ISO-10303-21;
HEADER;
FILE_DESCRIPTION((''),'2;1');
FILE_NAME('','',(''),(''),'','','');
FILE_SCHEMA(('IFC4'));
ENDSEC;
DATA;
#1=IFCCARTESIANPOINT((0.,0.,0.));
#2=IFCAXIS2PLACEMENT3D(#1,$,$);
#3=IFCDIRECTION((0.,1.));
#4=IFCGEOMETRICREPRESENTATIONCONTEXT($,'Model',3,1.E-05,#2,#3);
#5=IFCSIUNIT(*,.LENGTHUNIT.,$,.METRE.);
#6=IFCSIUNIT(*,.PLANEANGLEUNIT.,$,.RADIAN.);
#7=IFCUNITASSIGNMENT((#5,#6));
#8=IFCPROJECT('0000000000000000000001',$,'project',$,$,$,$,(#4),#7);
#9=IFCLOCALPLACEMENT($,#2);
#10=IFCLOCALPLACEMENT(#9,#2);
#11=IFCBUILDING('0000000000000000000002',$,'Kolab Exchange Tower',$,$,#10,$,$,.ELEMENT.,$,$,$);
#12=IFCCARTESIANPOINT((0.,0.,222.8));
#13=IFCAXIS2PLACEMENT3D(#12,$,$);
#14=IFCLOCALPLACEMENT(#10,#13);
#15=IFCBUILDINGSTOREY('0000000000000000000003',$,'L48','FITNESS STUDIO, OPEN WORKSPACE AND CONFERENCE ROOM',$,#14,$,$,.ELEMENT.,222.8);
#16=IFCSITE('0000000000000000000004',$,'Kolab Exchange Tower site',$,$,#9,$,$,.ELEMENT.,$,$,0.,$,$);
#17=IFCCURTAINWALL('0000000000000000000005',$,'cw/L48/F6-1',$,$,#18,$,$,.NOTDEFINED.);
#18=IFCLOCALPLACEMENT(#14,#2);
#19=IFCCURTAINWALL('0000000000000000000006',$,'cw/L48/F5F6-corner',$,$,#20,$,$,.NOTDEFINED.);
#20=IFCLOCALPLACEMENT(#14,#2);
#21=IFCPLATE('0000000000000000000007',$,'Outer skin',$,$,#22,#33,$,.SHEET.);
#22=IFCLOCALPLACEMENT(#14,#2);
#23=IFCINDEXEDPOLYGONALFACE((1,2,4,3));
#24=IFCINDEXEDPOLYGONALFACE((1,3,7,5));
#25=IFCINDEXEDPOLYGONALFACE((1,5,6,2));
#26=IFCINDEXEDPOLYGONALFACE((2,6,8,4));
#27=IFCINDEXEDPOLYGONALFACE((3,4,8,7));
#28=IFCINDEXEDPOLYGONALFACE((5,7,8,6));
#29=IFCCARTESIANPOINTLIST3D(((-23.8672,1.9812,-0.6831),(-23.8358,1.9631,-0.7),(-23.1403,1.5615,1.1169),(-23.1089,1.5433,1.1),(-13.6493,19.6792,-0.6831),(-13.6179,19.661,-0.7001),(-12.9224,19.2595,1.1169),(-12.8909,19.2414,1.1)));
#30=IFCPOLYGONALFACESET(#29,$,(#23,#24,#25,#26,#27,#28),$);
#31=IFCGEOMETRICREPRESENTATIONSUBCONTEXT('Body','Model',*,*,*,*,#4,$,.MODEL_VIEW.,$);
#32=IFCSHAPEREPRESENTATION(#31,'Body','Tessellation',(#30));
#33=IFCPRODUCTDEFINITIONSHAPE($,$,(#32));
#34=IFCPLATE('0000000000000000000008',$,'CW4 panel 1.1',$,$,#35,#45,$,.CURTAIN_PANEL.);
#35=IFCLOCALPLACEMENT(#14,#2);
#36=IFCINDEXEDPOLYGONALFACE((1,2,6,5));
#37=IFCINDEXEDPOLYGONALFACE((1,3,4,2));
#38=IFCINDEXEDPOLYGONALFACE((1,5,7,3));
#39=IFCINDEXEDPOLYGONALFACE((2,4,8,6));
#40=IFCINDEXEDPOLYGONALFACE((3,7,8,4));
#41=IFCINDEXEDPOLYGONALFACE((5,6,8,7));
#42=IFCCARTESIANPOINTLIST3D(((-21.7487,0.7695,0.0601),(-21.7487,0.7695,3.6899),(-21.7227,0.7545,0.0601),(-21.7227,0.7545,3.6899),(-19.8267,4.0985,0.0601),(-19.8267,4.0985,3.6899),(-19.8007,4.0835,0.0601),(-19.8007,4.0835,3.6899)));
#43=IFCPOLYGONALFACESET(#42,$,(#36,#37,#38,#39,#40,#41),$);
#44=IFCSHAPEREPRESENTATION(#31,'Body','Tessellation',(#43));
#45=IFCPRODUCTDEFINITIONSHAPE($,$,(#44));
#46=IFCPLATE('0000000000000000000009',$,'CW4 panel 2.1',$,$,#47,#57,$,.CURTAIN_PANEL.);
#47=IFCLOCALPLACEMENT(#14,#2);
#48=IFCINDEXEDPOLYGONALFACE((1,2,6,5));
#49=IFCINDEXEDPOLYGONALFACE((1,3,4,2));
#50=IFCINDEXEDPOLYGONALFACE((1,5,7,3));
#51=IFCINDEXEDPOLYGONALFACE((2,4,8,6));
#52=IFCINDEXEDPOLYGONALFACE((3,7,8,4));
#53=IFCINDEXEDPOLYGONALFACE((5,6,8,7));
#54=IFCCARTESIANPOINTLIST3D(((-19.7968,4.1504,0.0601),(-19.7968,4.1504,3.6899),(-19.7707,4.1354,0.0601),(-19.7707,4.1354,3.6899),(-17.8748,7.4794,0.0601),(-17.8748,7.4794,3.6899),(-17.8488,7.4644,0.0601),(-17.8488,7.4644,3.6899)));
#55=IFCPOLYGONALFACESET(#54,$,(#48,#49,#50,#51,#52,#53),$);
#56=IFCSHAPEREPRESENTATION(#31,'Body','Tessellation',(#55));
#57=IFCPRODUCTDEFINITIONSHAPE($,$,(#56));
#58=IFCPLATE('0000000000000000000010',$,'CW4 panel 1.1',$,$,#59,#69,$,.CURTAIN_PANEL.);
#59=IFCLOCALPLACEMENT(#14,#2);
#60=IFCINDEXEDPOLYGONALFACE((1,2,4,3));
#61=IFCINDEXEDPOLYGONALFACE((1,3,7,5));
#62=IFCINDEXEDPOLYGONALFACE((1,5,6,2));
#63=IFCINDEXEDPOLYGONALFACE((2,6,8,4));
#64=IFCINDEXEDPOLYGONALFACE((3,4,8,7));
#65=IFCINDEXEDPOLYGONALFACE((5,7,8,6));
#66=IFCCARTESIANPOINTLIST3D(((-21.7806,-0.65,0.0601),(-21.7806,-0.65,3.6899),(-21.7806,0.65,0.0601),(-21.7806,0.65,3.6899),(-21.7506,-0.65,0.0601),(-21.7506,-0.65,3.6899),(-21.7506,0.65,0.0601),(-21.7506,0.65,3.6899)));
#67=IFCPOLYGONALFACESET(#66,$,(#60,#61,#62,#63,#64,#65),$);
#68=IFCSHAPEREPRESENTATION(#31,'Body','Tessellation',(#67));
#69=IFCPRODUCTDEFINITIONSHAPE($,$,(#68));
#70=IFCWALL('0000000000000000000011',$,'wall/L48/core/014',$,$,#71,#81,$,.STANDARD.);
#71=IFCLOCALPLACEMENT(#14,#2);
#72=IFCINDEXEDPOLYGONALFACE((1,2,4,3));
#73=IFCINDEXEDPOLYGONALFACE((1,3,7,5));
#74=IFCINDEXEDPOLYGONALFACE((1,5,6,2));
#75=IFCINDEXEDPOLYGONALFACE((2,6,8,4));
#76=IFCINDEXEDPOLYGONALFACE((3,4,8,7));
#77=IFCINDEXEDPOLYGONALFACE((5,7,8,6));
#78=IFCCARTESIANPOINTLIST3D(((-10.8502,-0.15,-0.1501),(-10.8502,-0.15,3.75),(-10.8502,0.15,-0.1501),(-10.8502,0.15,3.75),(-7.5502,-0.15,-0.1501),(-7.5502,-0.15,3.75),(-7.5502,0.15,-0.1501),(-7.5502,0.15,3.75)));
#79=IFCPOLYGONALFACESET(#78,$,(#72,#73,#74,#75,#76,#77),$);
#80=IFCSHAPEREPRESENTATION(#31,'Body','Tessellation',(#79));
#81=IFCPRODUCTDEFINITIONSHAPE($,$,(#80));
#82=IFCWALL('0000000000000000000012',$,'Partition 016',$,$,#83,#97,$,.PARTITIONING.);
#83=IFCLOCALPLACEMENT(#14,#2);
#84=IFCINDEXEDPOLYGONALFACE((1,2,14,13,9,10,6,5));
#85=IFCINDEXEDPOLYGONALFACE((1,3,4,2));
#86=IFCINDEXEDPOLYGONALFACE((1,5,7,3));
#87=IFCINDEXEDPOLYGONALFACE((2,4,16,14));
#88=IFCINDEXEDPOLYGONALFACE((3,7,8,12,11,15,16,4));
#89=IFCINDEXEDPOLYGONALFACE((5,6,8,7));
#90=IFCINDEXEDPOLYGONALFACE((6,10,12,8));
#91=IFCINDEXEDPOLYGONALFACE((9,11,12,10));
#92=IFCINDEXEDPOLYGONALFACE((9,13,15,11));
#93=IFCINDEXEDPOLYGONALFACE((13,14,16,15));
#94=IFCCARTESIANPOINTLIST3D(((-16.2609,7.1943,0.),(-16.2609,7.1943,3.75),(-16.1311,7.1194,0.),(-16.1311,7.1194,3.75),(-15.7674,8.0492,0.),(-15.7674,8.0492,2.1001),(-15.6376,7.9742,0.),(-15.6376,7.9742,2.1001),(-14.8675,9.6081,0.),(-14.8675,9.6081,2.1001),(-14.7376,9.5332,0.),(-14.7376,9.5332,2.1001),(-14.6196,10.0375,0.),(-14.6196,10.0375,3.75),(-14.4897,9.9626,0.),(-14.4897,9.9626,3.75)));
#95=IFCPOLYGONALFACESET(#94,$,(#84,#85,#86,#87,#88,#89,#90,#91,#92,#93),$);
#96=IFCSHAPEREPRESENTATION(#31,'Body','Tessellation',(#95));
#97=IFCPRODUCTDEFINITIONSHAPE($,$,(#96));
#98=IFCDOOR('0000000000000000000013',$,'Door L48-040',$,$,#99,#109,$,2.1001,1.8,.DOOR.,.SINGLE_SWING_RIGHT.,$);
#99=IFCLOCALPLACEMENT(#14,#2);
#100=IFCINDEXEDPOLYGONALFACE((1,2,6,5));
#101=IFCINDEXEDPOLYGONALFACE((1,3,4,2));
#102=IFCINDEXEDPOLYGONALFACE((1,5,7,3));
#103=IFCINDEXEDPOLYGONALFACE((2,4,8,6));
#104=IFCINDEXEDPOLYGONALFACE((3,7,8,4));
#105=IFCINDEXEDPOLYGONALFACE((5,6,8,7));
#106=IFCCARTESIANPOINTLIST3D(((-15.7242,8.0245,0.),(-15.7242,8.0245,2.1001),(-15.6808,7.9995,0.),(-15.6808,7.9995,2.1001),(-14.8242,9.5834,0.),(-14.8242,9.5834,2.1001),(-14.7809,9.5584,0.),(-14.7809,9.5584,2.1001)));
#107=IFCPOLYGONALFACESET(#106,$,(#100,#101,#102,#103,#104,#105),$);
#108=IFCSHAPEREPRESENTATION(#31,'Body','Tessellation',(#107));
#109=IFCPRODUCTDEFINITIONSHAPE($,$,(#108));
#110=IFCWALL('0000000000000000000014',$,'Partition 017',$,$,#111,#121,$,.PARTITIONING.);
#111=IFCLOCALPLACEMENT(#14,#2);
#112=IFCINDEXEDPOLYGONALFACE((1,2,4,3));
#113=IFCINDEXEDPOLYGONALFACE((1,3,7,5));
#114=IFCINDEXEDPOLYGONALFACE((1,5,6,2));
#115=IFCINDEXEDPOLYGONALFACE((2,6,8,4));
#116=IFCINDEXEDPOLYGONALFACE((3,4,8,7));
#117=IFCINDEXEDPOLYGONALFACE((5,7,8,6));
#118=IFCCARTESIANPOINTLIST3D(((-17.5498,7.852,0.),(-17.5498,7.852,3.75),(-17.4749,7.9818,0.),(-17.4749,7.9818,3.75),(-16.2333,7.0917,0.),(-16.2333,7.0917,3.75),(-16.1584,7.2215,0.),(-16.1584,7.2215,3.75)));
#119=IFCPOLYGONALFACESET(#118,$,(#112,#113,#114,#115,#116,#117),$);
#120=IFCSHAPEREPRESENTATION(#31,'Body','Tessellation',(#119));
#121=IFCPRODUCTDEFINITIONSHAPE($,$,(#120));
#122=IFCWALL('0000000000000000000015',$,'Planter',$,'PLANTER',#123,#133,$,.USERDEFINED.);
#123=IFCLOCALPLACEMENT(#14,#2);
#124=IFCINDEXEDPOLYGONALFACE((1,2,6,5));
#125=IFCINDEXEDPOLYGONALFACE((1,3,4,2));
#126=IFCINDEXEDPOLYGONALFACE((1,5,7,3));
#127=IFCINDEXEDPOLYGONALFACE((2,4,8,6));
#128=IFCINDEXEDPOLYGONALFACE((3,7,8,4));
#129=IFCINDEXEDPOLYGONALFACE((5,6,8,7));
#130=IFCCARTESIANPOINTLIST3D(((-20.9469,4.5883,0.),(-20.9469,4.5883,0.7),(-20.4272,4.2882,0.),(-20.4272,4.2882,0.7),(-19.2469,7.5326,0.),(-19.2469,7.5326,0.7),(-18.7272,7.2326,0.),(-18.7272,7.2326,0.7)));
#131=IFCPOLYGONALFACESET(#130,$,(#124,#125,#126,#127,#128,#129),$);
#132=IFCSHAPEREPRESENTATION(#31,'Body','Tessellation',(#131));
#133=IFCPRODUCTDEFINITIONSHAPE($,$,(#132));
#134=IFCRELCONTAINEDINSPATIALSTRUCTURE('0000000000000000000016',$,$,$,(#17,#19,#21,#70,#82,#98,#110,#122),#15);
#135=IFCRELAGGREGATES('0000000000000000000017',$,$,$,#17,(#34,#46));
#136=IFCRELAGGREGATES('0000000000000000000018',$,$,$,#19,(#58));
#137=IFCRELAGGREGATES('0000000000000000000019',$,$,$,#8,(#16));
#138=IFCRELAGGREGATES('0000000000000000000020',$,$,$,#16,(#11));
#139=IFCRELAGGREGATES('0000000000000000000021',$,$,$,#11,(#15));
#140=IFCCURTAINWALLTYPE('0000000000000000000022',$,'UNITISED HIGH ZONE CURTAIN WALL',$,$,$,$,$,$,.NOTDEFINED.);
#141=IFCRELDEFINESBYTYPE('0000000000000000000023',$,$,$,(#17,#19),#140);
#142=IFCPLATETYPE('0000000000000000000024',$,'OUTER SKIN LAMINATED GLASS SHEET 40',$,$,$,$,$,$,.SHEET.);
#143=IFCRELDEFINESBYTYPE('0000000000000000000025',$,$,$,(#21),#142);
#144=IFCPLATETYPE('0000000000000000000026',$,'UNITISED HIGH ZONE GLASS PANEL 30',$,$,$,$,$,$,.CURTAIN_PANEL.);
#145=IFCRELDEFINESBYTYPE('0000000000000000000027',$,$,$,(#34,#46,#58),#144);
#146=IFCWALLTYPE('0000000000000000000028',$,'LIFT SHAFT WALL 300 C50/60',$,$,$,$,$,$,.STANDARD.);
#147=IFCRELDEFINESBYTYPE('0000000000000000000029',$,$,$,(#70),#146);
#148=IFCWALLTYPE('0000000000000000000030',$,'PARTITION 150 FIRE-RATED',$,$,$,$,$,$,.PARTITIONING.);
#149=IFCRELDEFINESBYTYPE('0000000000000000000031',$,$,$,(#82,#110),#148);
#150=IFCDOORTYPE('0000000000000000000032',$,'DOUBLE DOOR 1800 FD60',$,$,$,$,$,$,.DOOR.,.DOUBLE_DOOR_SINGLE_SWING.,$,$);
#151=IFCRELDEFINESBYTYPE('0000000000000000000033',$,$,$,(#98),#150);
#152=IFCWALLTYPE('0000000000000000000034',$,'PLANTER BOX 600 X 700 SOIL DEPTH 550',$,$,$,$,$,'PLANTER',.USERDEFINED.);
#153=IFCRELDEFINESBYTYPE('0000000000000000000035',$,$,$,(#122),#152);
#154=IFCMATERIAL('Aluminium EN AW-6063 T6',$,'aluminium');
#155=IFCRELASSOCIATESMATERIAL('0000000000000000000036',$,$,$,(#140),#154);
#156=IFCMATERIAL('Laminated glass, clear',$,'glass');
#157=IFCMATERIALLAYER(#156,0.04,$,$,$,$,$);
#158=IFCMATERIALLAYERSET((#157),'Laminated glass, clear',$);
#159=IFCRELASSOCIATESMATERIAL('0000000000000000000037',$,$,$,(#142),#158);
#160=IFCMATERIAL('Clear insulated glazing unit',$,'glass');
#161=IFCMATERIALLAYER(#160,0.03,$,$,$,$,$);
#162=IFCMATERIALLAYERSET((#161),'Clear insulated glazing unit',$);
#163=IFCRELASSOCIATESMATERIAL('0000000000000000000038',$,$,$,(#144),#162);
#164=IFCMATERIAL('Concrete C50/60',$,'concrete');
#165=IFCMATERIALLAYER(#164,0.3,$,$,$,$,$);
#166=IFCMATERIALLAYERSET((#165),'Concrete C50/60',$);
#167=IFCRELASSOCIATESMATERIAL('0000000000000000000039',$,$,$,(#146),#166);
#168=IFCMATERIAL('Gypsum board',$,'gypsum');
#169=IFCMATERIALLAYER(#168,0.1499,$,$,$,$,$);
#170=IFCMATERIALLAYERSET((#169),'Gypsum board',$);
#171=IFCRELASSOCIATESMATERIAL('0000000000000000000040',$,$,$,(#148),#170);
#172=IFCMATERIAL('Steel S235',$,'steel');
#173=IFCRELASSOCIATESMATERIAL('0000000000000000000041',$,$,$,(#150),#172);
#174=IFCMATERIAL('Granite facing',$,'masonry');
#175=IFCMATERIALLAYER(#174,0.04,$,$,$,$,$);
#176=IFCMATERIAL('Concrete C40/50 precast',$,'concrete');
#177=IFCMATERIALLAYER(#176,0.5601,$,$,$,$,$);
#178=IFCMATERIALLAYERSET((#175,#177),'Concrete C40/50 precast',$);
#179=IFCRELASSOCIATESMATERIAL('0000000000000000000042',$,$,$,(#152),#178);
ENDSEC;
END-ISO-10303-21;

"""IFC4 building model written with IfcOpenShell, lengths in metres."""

from ifc_helpers import new_model, si_unit, direction, frame, frame_2d, origin, origin_2d, place, context, subcontext, project, spatial, polyline, rectangle, outline, extrude, material, layer, layer_set, type_object, element, fill, aggregate, save


model = new_model("IFC4")

# Units and contexts
model_context = context("Model", 3, precision=1e-05, world=origin(), true_north=direction((0.0, 1.0)))
body_context = subcontext(model_context, "Body", "Model", "MODEL_VIEW")
ifc_project = project(units=[si_unit("LENGTHUNIT", "METRE"), si_unit("PLANEANGLEUNIT", "RADIAN")], contexts=[model_context])

# Site, building, storey
site_placement = place(None, origin())
site = spatial("IfcSite", under=ifc_project, at=site_placement, Name="Kolab Exchange Tower site", CompositionType="ELEMENT", RefElevation=0.0)
building_placement = place(site_placement, origin())
building = spatial("IfcBuilding", under=site, at=building_placement, Name="Kolab Exchange Tower", CompositionType="ELEMENT")
storey_placement = place(building_placement, frame((0.0, 0.0, 222.8)))
storey = spatial("IfcBuildingStorey", under=building, at=storey_placement, Name="L48", Description="FITNESS STUDIO, OPEN WORKSPACE AND CONFERENCE ROOM", CompositionType="ELEMENT", Elevation=222.8)

# Shared definitions
ifc_material_1 = material(Name="Concrete C50/60", Category="concrete")

# Curtain wall
ifc_material_2 = material(Name="Aluminium EN AW-6063 T6", Category="aluminium")
curtain_wall_type = type_object("IfcCurtainWallType", Name="UNITISED HIGH ZONE CURTAIN WALL", PredefinedType="NOTDEFINED", material=ifc_material_2)
curtain_wall_1_placement = place(storey_placement, origin())
curtain_wall_1 = element("IfcCurtainWall", 1, at=curtain_wall_1_placement, inside=storey, type_object=curtain_wall_type, Name="cw/L48/F6-1", PredefinedType="NOTDEFINED")

# Curtain wall
curtain_wall_2_placement = place(storey_placement, origin())
curtain_wall_2 = element("IfcCurtainWall", 2, at=curtain_wall_2_placement, inside=storey, type_object=curtain_wall_type, Name="cw/L48/F5F6-corner", PredefinedType="NOTDEFINED")

# Plates
ifc_material_3 = material(Name="Laminated glass, clear", Category="glass")
ifc_layer_1 = layer(ifc_material_3, 0.04)
ifc_layer_set_1 = layer_set([ifc_layer_1], Name="Laminated glass, clear")
plate_type_1 = type_object("IfcPlateType", Name="OUTER SKIN LAMINATED GLASS SHEET 40", PredefinedType="SHEET", material=ifc_layer_set_1)
plate_1_placement = place(storey_placement, frame((-23.8672, 1.9812, -0.6831), z_axis=(-0.784886, 0.453152, 0.422619), x_axis=(0.499997, 0.866027, -0.000002)))
element("IfcPlate", 3, at=plate_1_placement, inside=storey, type_object=plate_type_1, Name="Outer skin", PredefinedType="SHEET", context=body_context, shape_type="SweptSolid", body=[
    extrude(outline(polyline([(0.0, 0.0), (20.4358, 0.0), (20.4359, -1.9862), (-0.0001, -1.9861), (0.0, 0.0)])), origin(), (0.0, 0.0, -1.0), 0.04),
])
ifc_material_4 = material(Name="Clear insulated glazing unit", Category="glass")
ifc_layer_2 = layer(ifc_material_4, 0.03)
ifc_layer_set_2 = layer_set([ifc_layer_2], Name="Clear insulated glazing unit")
plate_type_2 = type_object("IfcPlateType", Name="UNITISED HIGH ZONE GLASS PANEL 30", PredefinedType="CURTAIN_PANEL", material=ifc_layer_set_2)
plate_2_placement = place(storey_placement, frame((-20.7747, 2.4265, 0.0601), z_axis=(0.0, 0.0, 1.0), x_axis=(0.5, 0.866025, 0.0)))
plate_2 = element("IfcPlate", 4, at=plate_2_placement, type_object=plate_type_2, Name="CW4 panel 1.1", PredefinedType="CURTAIN_PANEL", context=body_context, shape_type="SweptSolid", body=[
    extrude(rectangle(XDim=3.844, YDim=0.03, at=origin_2d()), origin(), (0.0, 0.0, 1.0), 3.6299),
])
plate_3_placement = place(storey_placement, frame((-18.8228, 5.8074, 0.0601), z_axis=(0.0, 0.0, 1.0), x_axis=(0.5, 0.866025, 0.0)))
plate_3 = element("IfcPlate", 5, at=plate_3_placement, type_object=plate_type_2, Name="CW4 panel 2.1", PredefinedType="CURTAIN_PANEL", context=body_context, shape_type="SweptSolid", body=[
    extrude(rectangle(XDim=3.844, YDim=0.03, at=origin_2d()), origin(), (0.0, 0.0, 1.0), 3.6299),
])
aggregate(curtain_wall_1, [plate_2, plate_3])
plate_4_placement = place(storey_placement, frame((-21.7656, 0.0, 0.0601), z_axis=(0.0, 0.0, 1.0), x_axis=(0.0, 1.0, 0.0)))
plate_4 = element("IfcPlate", 6, at=plate_4_placement, type_object=plate_type_2, Name="CW4 panel 1.1", PredefinedType="CURTAIN_PANEL", context=body_context, shape_type="SweptSolid", body=[
    extrude(rectangle(XDim=1.3, YDim=0.03, at=origin_2d()), origin(), (0.0, 0.0, 1.0), 3.6299),
])
aggregate(curtain_wall_2, [plate_4])

# Wall
ifc_layer_3 = layer(ifc_material_1, 0.3)
ifc_layer_set_3 = layer_set([ifc_layer_3], Name="Concrete C50/60")
wall_type_1 = type_object("IfcWallType", Name="LIFT SHAFT WALL 300 C50/60", PredefinedType="STANDARD", material=ifc_layer_set_3)
wall_1_placement = place(storey_placement, frame((-10.8501, 0.0, -0.1501), z_axis=(0.0, 0.0, 1.0), x_axis=(1.0, 0.0, 0.0)))
element("IfcWall", 7, at=wall_1_placement, inside=storey, type_object=wall_type_1, Name="wall/L48/core/014", PredefinedType="STANDARD", context=body_context, shape_type="SweptSolid", body=[
    extrude(rectangle(XDim=3.3, YDim=0.3, at=frame_2d((1.6499, 0.0))), origin(), (0.0, 0.0, 1.0), 3.9001),
])

# Wall, opening, door
ifc_material_5 = material(Name="Gypsum board", Category="gypsum")
ifc_layer_4 = layer(ifc_material_5, 0.1499)
ifc_layer_set_4 = layer_set([ifc_layer_4], Name="Gypsum board")
wall_type_2 = type_object("IfcWallType", Name="PARTITION 150 FIRE-RATED", PredefinedType="PARTITIONING", material=ifc_layer_set_4)
wall_2_placement = place(storey_placement, frame((-16.196, 7.1567, 0.0), z_axis=(0.0, 0.0, 1.0), x_axis=(0.499954, 0.866052, 0.0)))
wall_2 = element("IfcWall", 8, at=wall_2_placement, inside=storey, type_object=wall_type_2, Name="Partition 016", PredefinedType="PARTITIONING", context=body_context, shape_type="SweptSolid", body=[
    extrude(rectangle(XDim=3.283, YDim=0.1499, at=frame_2d((1.6416, 0.0))), origin(), (0.0, 0.0, 1.0), 3.75),
])
opening_1_placement = place(wall_2_placement, frame((0.9873, 0.0, 0.0)))
opening_1 = element("IfcOpeningElement", 9, at=opening_1_placement, cuts=wall_2, PredefinedType="OPENING", context=body_context, shape_type="SweptSolid", body=[
    extrude(rectangle(XDim=1.8, YDim=2.1001, at=frame_2d((0.8999, 1.05))), frame((0.0, 0.085, 0.0), z_axis=(0.0, -1.0, 0.0), x_axis=(1.0, 0.0, 0.0)), (0.0, 0.0, 1.0), 0.1699),
])
ifc_material_6 = material(Name="Steel S235", Category="steel")
door_type_1 = type_object("IfcDoorType", Name="DOUBLE DOOR 1800 FD60", OperationType="DOUBLE_DOOR_SINGLE_SWING", PredefinedType="DOOR", material=ifc_material_6)
door_1_placement = place(opening_1_placement, frame((1.8, 0.0, 0.0), z_axis=(0.0, 0.0, 1.0), x_axis=(-1.0, 0.0, 0.0)))
door_1 = element("IfcDoor", 10, at=door_1_placement, inside=storey, type_object=door_type_1, Name="Door L48-040", OperationType="SINGLE_SWING_RIGHT", OverallHeight=2.1001, OverallWidth=1.8, PredefinedType="DOOR", context=body_context, shape_type="SweptSolid", body=[
    extrude(rectangle(XDim=1.8, YDim=2.1001, at=frame_2d((0.8999, 1.05))), frame((0.0, 0.0249, 0.0), z_axis=(0.0, -1.0, 0.0), x_axis=(1.0, 0.0, 0.0)), (0.0, 0.0, 1.0), 0.05),
])
fill(opening_1, door_1)

# Walls
wall_3_placement = place(storey_placement, frame((-17.5125, 7.917, 0.0), z_axis=(0.0, 0.0, 1.0), x_axis=(0.865961, -0.500112, 0.0)))
element("IfcWall", 11, at=wall_3_placement, inside=storey, type_object=wall_type_2, Name="Partition 017", PredefinedType="PARTITIONING", context=body_context, shape_type="SweptSolid", body=[
    extrude(rectangle(XDim=1.5203, YDim=0.1499, at=frame_2d((0.7603, 0.0))), origin(), (0.0, 0.0, 1.0), 3.75),
])
ifc_material_7 = material(Name="Granite facing", Category="masonry")
ifc_layer_5 = layer(ifc_material_7, 0.04)
ifc_material_8 = material(Name="Concrete C40/50 precast", Category="concrete")
ifc_layer_6 = layer(ifc_material_8, 0.5601)
ifc_layer_set_5 = layer_set([ifc_layer_5, ifc_layer_6], Name="Concrete C40/50 precast")
wall_type_3 = type_object("IfcWallType", Name="PLANTER BOX 600 X 700 SOIL DEPTH 550", ElementType="PLANTER", PredefinedType="USERDEFINED", material=ifc_layer_set_5)
wall_4_placement = place(storey_placement, frame((-20.687, 4.4382, 0.0), z_axis=(0.0, 0.0, 1.0), x_axis=(0.500008, 0.866021, 0.0)))
element("IfcWall", 12, at=wall_4_placement, inside=storey, type_object=wall_type_3, Name="Planter", ObjectType="PLANTER", PredefinedType="USERDEFINED", context=body_context, shape_type="SweptSolid", body=[
    extrude(rectangle(XDim=3.3999, YDim=0.6001, at=frame_2d((1.7, 0.0))), origin(), (0.0, 0.0, 1.0), 0.7),
])

save(model, "model.ifc")
